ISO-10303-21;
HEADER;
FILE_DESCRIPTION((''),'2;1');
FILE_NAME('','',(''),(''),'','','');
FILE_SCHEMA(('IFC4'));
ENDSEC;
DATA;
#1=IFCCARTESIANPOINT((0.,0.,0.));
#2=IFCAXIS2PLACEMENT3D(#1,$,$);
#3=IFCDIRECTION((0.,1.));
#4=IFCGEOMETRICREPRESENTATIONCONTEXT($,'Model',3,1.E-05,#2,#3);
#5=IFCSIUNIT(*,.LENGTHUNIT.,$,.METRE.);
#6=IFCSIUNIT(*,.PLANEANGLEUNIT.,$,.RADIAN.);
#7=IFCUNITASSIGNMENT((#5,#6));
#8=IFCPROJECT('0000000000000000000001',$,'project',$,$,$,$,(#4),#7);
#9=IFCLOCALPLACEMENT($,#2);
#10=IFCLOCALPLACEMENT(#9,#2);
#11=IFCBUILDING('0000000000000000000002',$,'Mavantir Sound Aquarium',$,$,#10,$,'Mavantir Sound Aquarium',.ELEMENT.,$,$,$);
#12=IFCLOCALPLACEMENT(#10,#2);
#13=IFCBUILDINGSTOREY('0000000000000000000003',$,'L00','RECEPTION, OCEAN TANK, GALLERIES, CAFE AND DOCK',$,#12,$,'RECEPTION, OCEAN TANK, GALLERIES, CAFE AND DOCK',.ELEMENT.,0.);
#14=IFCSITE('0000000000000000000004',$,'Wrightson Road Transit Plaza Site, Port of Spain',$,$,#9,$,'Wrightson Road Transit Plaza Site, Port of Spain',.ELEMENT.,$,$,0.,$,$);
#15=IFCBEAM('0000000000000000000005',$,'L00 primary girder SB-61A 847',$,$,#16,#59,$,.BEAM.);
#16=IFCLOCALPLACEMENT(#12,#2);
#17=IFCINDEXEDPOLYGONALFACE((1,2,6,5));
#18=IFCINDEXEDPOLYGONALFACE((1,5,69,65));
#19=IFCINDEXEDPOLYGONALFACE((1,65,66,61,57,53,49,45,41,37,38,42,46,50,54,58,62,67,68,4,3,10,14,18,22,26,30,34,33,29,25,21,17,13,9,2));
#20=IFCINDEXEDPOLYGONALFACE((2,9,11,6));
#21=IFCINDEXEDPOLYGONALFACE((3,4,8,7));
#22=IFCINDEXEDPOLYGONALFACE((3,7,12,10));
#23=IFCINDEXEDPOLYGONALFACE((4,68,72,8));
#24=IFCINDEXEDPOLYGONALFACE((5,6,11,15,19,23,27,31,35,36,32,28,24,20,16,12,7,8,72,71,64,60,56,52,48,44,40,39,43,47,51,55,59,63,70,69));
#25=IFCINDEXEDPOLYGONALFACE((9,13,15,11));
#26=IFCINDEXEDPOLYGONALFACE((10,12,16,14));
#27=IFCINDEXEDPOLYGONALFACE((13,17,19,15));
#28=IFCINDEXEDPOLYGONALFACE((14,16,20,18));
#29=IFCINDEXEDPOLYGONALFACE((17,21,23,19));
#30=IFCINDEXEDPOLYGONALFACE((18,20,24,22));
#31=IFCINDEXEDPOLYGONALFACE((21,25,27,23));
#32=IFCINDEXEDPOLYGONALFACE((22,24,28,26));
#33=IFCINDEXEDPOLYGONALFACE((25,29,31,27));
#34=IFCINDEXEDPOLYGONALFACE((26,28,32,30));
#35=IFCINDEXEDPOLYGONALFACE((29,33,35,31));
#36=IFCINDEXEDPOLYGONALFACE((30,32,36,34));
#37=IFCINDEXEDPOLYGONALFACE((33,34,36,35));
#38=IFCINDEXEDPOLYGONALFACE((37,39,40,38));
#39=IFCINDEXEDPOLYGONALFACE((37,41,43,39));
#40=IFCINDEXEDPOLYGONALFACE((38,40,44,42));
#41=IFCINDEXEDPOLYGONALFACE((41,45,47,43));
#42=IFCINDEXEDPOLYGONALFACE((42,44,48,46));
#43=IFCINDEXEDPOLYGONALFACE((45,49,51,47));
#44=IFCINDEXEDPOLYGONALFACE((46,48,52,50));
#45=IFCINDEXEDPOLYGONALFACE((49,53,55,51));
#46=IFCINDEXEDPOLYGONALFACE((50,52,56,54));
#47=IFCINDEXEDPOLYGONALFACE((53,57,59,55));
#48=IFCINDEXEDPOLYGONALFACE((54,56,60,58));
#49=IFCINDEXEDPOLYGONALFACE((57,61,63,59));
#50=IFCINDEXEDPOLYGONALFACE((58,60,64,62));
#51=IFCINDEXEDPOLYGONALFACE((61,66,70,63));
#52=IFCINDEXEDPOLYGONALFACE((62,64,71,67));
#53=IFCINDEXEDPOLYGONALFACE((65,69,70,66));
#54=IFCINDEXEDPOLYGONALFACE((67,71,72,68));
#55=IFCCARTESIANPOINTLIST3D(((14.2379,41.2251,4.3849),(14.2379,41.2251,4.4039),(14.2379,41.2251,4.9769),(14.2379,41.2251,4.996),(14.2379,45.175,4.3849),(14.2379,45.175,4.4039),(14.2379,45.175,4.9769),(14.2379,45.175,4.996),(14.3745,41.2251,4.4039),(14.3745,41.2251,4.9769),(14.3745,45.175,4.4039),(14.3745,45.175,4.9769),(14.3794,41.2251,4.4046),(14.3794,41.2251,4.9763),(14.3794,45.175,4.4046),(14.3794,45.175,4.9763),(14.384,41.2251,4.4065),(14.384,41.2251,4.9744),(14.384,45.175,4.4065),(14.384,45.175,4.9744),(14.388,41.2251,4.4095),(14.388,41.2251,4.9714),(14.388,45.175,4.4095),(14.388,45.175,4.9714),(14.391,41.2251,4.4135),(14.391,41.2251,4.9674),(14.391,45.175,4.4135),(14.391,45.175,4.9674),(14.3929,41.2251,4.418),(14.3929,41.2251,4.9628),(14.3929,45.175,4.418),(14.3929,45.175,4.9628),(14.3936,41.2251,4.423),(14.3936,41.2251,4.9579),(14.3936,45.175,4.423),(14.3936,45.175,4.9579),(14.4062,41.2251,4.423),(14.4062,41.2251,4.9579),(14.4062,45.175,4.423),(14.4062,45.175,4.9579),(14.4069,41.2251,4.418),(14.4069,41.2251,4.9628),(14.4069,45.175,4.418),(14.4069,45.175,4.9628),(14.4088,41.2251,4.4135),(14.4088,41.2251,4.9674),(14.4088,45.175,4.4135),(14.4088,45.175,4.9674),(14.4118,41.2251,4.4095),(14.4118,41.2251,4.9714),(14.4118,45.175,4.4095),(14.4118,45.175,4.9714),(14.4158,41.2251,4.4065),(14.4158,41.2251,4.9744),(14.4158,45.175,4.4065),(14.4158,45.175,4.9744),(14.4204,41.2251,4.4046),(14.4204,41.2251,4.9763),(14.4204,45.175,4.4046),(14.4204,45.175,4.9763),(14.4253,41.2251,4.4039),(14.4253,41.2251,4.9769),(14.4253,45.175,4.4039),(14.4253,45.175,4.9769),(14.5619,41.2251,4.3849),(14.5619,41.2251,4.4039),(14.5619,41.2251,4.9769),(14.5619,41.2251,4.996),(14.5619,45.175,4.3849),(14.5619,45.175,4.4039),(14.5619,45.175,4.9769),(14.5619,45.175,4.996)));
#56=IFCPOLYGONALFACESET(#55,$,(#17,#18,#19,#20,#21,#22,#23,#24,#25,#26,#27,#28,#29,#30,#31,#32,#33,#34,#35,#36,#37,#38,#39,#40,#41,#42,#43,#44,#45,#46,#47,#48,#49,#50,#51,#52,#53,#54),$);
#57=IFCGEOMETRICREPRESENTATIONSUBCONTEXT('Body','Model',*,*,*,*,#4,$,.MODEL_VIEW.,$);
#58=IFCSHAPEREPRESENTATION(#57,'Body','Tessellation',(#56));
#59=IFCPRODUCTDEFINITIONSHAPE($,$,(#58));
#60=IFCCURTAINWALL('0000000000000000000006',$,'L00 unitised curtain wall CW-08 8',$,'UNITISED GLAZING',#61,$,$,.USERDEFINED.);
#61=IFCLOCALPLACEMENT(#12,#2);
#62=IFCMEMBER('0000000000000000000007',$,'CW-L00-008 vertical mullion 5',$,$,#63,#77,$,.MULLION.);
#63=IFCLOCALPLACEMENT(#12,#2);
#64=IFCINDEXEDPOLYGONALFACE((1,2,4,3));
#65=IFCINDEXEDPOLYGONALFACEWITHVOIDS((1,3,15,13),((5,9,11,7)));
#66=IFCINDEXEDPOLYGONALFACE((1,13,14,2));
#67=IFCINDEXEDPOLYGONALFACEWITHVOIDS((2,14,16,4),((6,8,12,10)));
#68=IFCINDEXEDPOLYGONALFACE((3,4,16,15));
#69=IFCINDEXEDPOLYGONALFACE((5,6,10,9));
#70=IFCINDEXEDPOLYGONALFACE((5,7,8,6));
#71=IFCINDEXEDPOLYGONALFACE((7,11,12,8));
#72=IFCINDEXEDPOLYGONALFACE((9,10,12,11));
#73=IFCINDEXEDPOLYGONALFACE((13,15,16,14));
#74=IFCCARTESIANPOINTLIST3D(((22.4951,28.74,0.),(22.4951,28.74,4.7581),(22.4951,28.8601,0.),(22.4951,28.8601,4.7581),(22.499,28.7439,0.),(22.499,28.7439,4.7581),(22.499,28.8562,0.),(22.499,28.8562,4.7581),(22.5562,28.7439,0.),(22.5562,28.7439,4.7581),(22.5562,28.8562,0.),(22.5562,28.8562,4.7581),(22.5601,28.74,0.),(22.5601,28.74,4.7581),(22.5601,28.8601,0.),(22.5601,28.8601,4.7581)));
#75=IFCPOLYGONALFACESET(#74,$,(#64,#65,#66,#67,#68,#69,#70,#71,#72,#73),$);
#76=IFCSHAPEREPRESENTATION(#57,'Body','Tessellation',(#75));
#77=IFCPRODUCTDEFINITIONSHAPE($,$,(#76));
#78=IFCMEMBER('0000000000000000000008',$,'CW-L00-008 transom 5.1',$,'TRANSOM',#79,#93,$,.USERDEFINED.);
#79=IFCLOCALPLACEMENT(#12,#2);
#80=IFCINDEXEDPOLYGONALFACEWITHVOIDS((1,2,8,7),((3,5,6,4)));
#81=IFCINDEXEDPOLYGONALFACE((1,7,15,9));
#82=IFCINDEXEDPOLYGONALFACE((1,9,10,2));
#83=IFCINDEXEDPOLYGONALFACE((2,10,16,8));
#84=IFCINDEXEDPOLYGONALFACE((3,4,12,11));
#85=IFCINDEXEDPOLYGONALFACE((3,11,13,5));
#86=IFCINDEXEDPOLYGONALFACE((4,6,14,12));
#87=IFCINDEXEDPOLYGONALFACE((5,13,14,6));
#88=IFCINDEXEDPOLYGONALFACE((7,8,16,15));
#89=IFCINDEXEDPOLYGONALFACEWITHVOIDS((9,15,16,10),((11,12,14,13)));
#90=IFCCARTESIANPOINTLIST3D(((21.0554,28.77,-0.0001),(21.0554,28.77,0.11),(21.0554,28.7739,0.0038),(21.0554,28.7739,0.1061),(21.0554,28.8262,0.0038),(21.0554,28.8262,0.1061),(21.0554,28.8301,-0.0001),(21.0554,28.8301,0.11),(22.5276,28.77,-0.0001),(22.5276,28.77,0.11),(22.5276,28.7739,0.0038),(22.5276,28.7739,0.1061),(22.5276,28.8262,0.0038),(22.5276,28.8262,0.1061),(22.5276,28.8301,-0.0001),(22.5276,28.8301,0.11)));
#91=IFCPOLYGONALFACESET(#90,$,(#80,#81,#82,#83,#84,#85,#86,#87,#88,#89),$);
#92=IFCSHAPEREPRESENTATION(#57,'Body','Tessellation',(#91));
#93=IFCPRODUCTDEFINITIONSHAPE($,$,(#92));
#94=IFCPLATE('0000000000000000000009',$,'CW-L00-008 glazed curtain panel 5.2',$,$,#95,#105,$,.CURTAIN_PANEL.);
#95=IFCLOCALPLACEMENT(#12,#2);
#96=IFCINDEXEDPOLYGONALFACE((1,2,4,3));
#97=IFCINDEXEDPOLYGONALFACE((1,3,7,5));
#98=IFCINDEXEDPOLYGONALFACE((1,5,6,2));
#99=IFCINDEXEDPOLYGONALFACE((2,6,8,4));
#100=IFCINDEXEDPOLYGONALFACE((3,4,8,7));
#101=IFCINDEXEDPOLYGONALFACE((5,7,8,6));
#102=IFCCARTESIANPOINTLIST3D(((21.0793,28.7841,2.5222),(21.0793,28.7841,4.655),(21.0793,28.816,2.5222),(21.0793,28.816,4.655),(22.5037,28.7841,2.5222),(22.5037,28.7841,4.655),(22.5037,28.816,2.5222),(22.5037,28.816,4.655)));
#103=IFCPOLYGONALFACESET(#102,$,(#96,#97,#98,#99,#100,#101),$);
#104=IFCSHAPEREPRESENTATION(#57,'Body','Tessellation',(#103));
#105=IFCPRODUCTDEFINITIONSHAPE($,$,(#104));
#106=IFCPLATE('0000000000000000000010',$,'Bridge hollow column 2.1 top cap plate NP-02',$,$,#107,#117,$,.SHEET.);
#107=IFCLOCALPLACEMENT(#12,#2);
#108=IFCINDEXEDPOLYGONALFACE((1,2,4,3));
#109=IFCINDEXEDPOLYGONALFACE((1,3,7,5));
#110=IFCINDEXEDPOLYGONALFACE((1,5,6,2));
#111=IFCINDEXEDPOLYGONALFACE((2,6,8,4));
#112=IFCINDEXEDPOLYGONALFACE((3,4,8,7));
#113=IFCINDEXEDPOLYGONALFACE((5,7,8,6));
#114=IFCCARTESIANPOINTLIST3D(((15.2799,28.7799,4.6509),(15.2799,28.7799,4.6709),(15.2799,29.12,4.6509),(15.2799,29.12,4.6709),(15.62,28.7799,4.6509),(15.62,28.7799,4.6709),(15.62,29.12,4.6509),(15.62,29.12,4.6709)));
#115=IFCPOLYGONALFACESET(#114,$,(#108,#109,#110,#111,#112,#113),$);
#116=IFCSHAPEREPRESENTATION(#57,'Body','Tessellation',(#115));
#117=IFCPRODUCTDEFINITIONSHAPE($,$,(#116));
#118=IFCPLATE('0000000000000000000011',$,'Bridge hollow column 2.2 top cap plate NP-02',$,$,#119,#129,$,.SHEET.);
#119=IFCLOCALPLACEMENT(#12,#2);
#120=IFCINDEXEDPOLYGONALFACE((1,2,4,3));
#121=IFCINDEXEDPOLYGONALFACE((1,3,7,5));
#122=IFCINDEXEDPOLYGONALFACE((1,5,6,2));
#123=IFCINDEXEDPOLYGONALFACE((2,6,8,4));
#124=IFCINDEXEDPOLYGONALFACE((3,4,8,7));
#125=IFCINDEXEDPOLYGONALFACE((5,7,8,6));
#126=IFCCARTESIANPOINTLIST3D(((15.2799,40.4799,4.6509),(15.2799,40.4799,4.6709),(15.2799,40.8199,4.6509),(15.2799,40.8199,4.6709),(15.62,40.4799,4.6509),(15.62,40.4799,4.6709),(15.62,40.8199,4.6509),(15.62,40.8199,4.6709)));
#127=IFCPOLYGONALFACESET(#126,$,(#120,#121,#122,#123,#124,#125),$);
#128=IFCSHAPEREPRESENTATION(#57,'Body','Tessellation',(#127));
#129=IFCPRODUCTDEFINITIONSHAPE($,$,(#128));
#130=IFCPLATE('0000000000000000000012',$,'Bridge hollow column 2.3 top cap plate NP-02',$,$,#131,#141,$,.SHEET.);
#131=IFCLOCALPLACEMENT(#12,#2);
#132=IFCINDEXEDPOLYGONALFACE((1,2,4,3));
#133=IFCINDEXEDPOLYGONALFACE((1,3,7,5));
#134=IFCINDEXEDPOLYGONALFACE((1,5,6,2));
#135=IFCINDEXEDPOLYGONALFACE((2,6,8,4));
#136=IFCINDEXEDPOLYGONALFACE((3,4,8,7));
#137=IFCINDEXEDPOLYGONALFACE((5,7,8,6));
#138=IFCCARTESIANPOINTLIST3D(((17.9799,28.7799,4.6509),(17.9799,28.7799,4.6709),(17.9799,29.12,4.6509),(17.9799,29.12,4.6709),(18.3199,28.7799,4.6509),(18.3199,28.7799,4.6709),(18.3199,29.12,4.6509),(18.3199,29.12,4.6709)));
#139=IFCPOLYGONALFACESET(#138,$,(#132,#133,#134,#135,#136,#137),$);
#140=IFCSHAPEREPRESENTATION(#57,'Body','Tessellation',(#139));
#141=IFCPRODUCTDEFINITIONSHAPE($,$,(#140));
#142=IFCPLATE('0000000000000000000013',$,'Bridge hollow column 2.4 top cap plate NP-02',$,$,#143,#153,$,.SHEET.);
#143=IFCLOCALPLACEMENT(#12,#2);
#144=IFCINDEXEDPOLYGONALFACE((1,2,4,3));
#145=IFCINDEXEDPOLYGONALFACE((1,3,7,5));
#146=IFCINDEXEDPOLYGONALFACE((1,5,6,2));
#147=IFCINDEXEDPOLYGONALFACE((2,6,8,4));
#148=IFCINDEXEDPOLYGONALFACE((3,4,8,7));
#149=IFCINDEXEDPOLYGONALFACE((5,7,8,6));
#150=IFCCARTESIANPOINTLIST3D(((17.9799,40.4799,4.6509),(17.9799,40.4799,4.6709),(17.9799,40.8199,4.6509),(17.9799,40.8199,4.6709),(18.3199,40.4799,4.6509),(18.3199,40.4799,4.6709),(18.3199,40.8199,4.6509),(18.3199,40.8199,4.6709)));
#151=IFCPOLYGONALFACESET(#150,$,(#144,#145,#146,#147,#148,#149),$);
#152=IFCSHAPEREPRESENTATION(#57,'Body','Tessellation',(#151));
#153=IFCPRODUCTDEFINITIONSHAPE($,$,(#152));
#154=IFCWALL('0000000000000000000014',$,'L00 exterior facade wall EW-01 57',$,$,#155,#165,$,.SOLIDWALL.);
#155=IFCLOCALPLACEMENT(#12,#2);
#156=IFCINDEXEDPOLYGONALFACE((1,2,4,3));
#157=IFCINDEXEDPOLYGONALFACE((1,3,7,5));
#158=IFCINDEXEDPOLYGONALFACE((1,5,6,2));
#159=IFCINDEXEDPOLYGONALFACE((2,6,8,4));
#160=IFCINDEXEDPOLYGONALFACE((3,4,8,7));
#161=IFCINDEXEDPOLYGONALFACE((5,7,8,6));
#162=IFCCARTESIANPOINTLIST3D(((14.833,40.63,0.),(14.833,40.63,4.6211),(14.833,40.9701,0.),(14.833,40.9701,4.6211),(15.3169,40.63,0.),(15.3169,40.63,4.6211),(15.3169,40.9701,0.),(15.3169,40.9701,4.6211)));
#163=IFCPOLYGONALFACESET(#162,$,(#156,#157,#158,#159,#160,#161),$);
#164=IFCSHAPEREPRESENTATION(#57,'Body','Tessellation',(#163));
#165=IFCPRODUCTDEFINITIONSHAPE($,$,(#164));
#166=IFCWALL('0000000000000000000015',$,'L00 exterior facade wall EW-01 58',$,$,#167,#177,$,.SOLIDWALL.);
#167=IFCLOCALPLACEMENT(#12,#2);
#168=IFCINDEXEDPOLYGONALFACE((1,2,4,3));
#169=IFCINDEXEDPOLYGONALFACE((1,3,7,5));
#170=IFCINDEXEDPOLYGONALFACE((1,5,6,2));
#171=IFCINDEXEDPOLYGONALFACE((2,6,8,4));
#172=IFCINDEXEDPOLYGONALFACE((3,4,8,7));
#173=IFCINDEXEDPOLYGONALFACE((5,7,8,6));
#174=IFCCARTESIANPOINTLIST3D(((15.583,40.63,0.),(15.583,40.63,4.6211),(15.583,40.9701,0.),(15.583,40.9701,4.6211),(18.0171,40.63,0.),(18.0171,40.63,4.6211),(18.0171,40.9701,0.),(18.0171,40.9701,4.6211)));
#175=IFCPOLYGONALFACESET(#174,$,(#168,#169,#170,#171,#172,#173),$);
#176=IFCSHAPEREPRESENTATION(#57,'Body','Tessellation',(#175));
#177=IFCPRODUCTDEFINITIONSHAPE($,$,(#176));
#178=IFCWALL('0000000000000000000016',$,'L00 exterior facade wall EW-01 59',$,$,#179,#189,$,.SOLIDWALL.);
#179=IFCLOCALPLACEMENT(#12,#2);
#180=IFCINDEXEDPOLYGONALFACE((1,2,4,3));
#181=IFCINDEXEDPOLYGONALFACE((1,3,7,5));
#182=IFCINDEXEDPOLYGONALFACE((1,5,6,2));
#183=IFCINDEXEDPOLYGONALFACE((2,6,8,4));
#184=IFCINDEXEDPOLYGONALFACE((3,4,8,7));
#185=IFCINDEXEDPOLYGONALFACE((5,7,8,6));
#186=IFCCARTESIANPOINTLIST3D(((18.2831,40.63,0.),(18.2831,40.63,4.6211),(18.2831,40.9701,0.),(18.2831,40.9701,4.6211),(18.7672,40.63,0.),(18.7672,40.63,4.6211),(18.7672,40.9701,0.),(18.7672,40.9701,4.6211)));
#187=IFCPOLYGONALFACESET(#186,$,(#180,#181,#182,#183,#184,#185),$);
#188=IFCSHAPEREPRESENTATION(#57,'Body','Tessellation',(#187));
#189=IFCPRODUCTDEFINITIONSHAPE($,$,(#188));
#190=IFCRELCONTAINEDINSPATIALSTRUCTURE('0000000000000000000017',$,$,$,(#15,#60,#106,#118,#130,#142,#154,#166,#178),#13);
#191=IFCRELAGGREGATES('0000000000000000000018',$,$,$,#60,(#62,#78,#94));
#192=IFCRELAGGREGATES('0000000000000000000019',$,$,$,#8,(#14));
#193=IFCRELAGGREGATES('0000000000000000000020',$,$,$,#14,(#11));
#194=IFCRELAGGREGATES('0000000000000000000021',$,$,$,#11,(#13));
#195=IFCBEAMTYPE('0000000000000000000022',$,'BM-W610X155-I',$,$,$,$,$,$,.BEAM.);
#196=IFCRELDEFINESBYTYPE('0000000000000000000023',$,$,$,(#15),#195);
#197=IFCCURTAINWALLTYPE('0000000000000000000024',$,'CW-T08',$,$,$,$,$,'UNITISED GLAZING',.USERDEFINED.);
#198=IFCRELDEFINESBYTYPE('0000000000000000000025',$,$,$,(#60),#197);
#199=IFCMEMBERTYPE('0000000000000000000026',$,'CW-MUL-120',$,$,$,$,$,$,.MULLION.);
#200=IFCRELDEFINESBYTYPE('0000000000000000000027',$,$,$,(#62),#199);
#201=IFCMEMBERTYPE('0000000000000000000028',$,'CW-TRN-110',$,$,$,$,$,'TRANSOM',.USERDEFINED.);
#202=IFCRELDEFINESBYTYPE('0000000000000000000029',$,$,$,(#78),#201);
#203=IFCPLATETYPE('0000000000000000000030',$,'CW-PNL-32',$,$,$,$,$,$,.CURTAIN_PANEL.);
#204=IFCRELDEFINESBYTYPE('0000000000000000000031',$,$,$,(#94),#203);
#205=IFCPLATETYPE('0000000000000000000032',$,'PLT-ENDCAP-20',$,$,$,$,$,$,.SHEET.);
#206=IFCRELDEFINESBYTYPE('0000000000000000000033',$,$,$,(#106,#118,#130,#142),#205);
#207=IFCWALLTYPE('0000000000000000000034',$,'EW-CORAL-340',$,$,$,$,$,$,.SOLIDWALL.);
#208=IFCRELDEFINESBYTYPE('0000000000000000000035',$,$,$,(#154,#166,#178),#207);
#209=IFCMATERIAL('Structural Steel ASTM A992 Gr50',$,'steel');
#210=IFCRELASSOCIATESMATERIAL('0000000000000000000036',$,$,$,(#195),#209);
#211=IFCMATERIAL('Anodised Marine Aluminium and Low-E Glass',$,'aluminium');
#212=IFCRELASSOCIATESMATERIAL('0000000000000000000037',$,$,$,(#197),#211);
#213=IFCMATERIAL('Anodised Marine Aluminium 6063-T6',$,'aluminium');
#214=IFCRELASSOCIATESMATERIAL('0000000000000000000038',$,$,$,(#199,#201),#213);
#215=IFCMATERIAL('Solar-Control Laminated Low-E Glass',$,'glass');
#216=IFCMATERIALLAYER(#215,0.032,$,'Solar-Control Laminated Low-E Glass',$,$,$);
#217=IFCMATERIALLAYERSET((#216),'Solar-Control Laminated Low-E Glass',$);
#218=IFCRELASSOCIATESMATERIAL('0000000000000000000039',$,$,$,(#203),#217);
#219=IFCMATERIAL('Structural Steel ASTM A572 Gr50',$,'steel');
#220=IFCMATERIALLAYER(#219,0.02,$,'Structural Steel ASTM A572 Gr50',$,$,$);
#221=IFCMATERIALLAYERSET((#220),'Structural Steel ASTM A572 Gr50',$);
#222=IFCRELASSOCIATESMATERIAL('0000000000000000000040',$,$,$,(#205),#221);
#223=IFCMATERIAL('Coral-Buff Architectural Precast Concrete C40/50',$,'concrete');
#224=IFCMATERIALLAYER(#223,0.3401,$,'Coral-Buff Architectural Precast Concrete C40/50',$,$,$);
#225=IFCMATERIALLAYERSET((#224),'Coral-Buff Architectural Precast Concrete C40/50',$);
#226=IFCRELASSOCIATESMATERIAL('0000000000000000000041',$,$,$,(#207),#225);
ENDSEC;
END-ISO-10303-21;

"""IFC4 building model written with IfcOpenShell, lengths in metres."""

from ifc_helpers import new_model, si_unit, direction, frame, frame_2d, origin, origin_2d, place, context, subcontext, project, spatial, rectangle, hollow_rectangle, i_section, extrude, material, layer, layer_set, material_profile, profile_set, type_object, element, aggregate, save


model = new_model("IFC4")

# Units and contexts
model_context = context("Model", 3, precision=1e-05, world=origin(), true_north=direction((0.0, 1.0)))
body_context = subcontext(model_context, "Body", "Model", "MODEL_VIEW")
ifc_project = project(units=[si_unit("LENGTHUNIT", "METRE"), si_unit("PLANEANGLEUNIT", "RADIAN")], contexts=[model_context])

# Site, building, storey
site_placement = place(None, origin())
site = spatial("IfcSite", under=ifc_project, at=site_placement, Name="Wrightson Road Transit Plaza Site, Port of Spain", LongName="Wrightson Road Transit Plaza Site, Port of Spain", CompositionType="ELEMENT", RefElevation=0.0)
building_placement = place(site_placement, origin())
building = spatial("IfcBuilding", under=site, at=building_placement, Name="Mavantir Sound Aquarium", LongName="Mavantir Sound Aquarium", CompositionType="ELEMENT")
storey_placement = place(building_placement, origin())
storey = spatial("IfcBuildingStorey", under=building, at=storey_placement, Name="L00", Description="RECEPTION, OCEAN TANK, GALLERIES, CAFE AND DOCK", LongName="RECEPTION, OCEAN TANK, GALLERIES, CAFE AND DOCK", CompositionType="ELEMENT", Elevation=0.0)

# Beam
ifc_material_1 = material(Name="Structural Steel ASTM A992 Gr50", Category="steel")
ifc_material_profile_1 = material_profile(ifc_material_1, i_section(OverallWidth=0.324, OverallDepth=0.6111, WebThickness=0.0127, FlangeThickness=0.019, FilletRadius=0.019, at=origin_2d()), Name="W610X155")
ifc_profile_set_1 = profile_set([ifc_material_profile_1], Name="Structural Steel ASTM A992 Gr50")
beam_type_1 = type_object("IfcBeamType", Name="BM-W610X155-I", PredefinedType="BEAM", material=ifc_profile_set_1)
beam_1_placement = place(storey_placement, frame((14.3999, 41.2251, 4.6904), z_axis=(0.0, 1.0, 0.0), x_axis=(-1.0, 0.0, 0.0)))
element("IfcBeam", 1, at=beam_1_placement, inside=storey, type_object=beam_type_1, Name="L00 primary girder SB-61A 847", PredefinedType="BEAM", context=body_context, shape_type="SweptSolid", body=[
    extrude(i_section(OverallWidth=0.324, OverallDepth=0.6111, WebThickness=0.0127, FlangeThickness=0.019, FilletRadius=0.019, at=origin_2d()), origin(), (0.0, 0.0, 1.0), 3.95),
])

# Curtain wall, members, plate
ifc_material_2 = material(Name="Anodised Marine Aluminium and Low-E Glass", Category="aluminium")
curtain_wall_type = type_object("IfcCurtainWallType", Name="CW-T08", ElementType="UNITISED GLAZING", PredefinedType="USERDEFINED", material=ifc_material_2)
curtain_wall_placement = place(storey_placement, origin())
curtain_wall = element("IfcCurtainWall", 2, at=curtain_wall_placement, inside=storey, type_object=curtain_wall_type, Name="L00 unitised curtain wall CW-08 8", ObjectType="UNITISED GLAZING", PredefinedType="USERDEFINED")
ifc_material_3 = material(Name="Anodised Marine Aluminium 6063-T6", Category="aluminium")
ifc_material_profile_2 = material_profile(ifc_material_3, hollow_rectangle(XDim=0.0649, YDim=0.1201, WallThickness=0.0039, at=origin_2d()), Name="ALU-MULLION-120X65")
ifc_profile_set_2 = profile_set([ifc_material_profile_2], Name="Anodised Marine Aluminium 6063-T6")
member_type_1 = type_object("IfcMemberType", Name="CW-MUL-120", PredefinedType="MULLION", material=ifc_profile_set_2)
member_1_placement = place(storey_placement, frame((22.5276, 28.8, 0.0), z_axis=(0.0, 0.0, 1.0), x_axis=(1.0, 0.0, 0.0)))
member_1 = element("IfcMember", 3, at=member_1_placement, type_object=member_type_1, Name="CW-L00-008 vertical mullion 5", PredefinedType="MULLION", context=body_context, shape_type="SweptSolid", body=[
    extrude(hollow_rectangle(XDim=0.0649, YDim=0.1201, WallThickness=0.0039, at=origin_2d()), origin(), (0.0, 0.0, 1.0), 4.7581),
])
ifc_material_profile_3 = material_profile(ifc_material_3, hollow_rectangle(XDim=0.0601, YDim=0.1101, WallThickness=0.0039, at=origin_2d()), Name="ALU-TRANSOM-110X60")
ifc_profile_set_3 = profile_set([ifc_material_profile_3], Name="Anodised Marine Aluminium 6063-T6")
member_type_2 = type_object("IfcMemberType", Name="CW-TRN-110", ElementType="TRANSOM", PredefinedType="USERDEFINED", material=ifc_profile_set_3)
member_2_placement = place(storey_placement, frame((22.5276, 28.8, 0.0549), z_axis=(-1.0, 0.0, 0.0), x_axis=(0.0, -1.0, 0.0)))
member_2 = element("IfcMember", 4, at=member_2_placement, type_object=member_type_2, Name="CW-L00-008 transom 5.1", ObjectType="TRANSOM", PredefinedType="USERDEFINED", context=body_context, shape_type="SweptSolid", body=[
    extrude(hollow_rectangle(XDim=0.0601, YDim=0.1101, WallThickness=0.0039, at=origin_2d()), origin(), (0.0, 0.0, 1.0), 1.4722),
])
ifc_material_4 = material(Name="Solar-Control Laminated Low-E Glass", Category="glass")
ifc_layer_1 = layer(ifc_material_4, 0.032, Name="Solar-Control Laminated Low-E Glass")
ifc_layer_set_1 = layer_set([ifc_layer_1], Name="Solar-Control Laminated Low-E Glass")
plate_type_1 = type_object("IfcPlateType", Name="CW-PNL-32", PredefinedType="CURTAIN_PANEL", material=ifc_layer_set_1)
plate_placement = place(storey_placement, frame((21.7915, 28.8, 2.5222), z_axis=(0.0, 0.0, 1.0), x_axis=(-1.0, 0.0, 0.0)))
plate = element("IfcPlate", 5, at=plate_placement, type_object=plate_type_1, Name="CW-L00-008 glazed curtain panel 5.2", PredefinedType="CURTAIN_PANEL", context=body_context, shape_type="SweptSolid", body=[
    extrude(rectangle(XDim=1.4243, YDim=0.032, at=origin_2d()), origin(), (0.0, 0.0, 1.0), 2.1328),
])
aggregate(curtain_wall, [member_1, member_2, plate])

# Plates
ifc_material_5 = material(Name="Structural Steel ASTM A572 Gr50", Category="steel")
ifc_layer_2 = layer(ifc_material_5, 0.02, Name="Structural Steel ASTM A572 Gr50")
ifc_layer_set_2 = layer_set([ifc_layer_2], Name="Structural Steel ASTM A572 Gr50")
plate_type_2 = type_object("IfcPlateType", Name="PLT-ENDCAP-20", PredefinedType="SHEET", material=ifc_layer_set_2)
for number, where, z_axis, x_axis, name in (
    (6, (15.45, 28.95, 4.6509), (0.0, 0.0, 1.0), (1.0, 0.0, 0.0), "Bridge hollow column 2.1 top cap plate NP-02"),
    (7, (15.45, 40.6499, 4.6509), (0.0, 0.0, 1.0), (1.0, 0.0, 0.0), "Bridge hollow column 2.2 top cap plate NP-02"),
    (8, (18.1499, 28.95, 4.6509), (0.0, 0.0, 1.0), (1.0, 0.0, 0.0), "Bridge hollow column 2.3 top cap plate NP-02"),
    (9, (18.1499, 40.6499, 4.6509), (0.0, 0.0, 1.0), (1.0, 0.0, 0.0), "Bridge hollow column 2.4 top cap plate NP-02"),
):
    element("IfcPlate", number, at=place(storey_placement, frame(where, z_axis=z_axis, x_axis=x_axis)), inside=storey, type_object=plate_type_2, Name=name, PredefinedType="SHEET", context=body_context, shape_type="SweptSolid", body=[
        extrude(rectangle(XDim=0.3401, YDim=0.3401, at=origin_2d()), origin(), (0.0, 0.0, 1.0), 0.02),
    ])

# Walls
ifc_material_6 = material(Name="Coral-Buff Architectural Precast Concrete C40/50", Category="concrete")
ifc_layer_3 = layer(ifc_material_6, 0.3401, Name="Coral-Buff Architectural Precast Concrete C40/50")
ifc_layer_set_3 = layer_set([ifc_layer_3], Name="Coral-Buff Architectural Precast Concrete C40/50")
wall_type = type_object("IfcWallType", Name="EW-CORAL-340", PredefinedType="SOLIDWALL", material=ifc_layer_set_3)
wall_1_placement = place(storey_placement, frame((14.833, 40.8, 0.0), z_axis=(0.0, 0.0, 1.0), x_axis=(1.0, 0.0, 0.0)))
element("IfcWall", 10, at=wall_1_placement, inside=storey, type_object=wall_type, Name="L00 exterior facade wall EW-01 57", PredefinedType="SOLIDWALL", context=body_context, shape_type="SweptSolid", body=[
    extrude(rectangle(XDim=0.4839, YDim=0.3401, at=frame_2d((0.2419, 0.0))), origin(), (0.0, 0.0, 1.0), 4.6211),
])
wall_2_placement = place(storey_placement, frame((15.583, 40.8, 0.0), z_axis=(0.0, 0.0, 1.0), x_axis=(1.0, 0.0, 0.0)))
element("IfcWall", 11, at=wall_2_placement, inside=storey, type_object=wall_type, Name="L00 exterior facade wall EW-01 58", PredefinedType="SOLIDWALL", context=body_context, shape_type="SweptSolid", body=[
    extrude(rectangle(XDim=2.4341, YDim=0.3401, at=frame_2d((1.217, 0.0))), origin(), (0.0, 0.0, 1.0), 4.6211),
])
wall_3_placement = place(storey_placement, frame((18.283, 40.8, 0.0), z_axis=(0.0, 0.0, 1.0), x_axis=(1.0, 0.0, 0.0)))
element("IfcWall", 12, at=wall_3_placement, inside=storey, type_object=wall_type, Name="L00 exterior facade wall EW-01 59", PredefinedType="SOLIDWALL", context=body_context, shape_type="SweptSolid", body=[
    extrude(rectangle(XDim=0.4841, YDim=0.3401, at=frame_2d((0.2422, 0.0))), origin(), (0.0, 0.0, 1.0), 4.6211),
])

save(model, "model.ifc")
